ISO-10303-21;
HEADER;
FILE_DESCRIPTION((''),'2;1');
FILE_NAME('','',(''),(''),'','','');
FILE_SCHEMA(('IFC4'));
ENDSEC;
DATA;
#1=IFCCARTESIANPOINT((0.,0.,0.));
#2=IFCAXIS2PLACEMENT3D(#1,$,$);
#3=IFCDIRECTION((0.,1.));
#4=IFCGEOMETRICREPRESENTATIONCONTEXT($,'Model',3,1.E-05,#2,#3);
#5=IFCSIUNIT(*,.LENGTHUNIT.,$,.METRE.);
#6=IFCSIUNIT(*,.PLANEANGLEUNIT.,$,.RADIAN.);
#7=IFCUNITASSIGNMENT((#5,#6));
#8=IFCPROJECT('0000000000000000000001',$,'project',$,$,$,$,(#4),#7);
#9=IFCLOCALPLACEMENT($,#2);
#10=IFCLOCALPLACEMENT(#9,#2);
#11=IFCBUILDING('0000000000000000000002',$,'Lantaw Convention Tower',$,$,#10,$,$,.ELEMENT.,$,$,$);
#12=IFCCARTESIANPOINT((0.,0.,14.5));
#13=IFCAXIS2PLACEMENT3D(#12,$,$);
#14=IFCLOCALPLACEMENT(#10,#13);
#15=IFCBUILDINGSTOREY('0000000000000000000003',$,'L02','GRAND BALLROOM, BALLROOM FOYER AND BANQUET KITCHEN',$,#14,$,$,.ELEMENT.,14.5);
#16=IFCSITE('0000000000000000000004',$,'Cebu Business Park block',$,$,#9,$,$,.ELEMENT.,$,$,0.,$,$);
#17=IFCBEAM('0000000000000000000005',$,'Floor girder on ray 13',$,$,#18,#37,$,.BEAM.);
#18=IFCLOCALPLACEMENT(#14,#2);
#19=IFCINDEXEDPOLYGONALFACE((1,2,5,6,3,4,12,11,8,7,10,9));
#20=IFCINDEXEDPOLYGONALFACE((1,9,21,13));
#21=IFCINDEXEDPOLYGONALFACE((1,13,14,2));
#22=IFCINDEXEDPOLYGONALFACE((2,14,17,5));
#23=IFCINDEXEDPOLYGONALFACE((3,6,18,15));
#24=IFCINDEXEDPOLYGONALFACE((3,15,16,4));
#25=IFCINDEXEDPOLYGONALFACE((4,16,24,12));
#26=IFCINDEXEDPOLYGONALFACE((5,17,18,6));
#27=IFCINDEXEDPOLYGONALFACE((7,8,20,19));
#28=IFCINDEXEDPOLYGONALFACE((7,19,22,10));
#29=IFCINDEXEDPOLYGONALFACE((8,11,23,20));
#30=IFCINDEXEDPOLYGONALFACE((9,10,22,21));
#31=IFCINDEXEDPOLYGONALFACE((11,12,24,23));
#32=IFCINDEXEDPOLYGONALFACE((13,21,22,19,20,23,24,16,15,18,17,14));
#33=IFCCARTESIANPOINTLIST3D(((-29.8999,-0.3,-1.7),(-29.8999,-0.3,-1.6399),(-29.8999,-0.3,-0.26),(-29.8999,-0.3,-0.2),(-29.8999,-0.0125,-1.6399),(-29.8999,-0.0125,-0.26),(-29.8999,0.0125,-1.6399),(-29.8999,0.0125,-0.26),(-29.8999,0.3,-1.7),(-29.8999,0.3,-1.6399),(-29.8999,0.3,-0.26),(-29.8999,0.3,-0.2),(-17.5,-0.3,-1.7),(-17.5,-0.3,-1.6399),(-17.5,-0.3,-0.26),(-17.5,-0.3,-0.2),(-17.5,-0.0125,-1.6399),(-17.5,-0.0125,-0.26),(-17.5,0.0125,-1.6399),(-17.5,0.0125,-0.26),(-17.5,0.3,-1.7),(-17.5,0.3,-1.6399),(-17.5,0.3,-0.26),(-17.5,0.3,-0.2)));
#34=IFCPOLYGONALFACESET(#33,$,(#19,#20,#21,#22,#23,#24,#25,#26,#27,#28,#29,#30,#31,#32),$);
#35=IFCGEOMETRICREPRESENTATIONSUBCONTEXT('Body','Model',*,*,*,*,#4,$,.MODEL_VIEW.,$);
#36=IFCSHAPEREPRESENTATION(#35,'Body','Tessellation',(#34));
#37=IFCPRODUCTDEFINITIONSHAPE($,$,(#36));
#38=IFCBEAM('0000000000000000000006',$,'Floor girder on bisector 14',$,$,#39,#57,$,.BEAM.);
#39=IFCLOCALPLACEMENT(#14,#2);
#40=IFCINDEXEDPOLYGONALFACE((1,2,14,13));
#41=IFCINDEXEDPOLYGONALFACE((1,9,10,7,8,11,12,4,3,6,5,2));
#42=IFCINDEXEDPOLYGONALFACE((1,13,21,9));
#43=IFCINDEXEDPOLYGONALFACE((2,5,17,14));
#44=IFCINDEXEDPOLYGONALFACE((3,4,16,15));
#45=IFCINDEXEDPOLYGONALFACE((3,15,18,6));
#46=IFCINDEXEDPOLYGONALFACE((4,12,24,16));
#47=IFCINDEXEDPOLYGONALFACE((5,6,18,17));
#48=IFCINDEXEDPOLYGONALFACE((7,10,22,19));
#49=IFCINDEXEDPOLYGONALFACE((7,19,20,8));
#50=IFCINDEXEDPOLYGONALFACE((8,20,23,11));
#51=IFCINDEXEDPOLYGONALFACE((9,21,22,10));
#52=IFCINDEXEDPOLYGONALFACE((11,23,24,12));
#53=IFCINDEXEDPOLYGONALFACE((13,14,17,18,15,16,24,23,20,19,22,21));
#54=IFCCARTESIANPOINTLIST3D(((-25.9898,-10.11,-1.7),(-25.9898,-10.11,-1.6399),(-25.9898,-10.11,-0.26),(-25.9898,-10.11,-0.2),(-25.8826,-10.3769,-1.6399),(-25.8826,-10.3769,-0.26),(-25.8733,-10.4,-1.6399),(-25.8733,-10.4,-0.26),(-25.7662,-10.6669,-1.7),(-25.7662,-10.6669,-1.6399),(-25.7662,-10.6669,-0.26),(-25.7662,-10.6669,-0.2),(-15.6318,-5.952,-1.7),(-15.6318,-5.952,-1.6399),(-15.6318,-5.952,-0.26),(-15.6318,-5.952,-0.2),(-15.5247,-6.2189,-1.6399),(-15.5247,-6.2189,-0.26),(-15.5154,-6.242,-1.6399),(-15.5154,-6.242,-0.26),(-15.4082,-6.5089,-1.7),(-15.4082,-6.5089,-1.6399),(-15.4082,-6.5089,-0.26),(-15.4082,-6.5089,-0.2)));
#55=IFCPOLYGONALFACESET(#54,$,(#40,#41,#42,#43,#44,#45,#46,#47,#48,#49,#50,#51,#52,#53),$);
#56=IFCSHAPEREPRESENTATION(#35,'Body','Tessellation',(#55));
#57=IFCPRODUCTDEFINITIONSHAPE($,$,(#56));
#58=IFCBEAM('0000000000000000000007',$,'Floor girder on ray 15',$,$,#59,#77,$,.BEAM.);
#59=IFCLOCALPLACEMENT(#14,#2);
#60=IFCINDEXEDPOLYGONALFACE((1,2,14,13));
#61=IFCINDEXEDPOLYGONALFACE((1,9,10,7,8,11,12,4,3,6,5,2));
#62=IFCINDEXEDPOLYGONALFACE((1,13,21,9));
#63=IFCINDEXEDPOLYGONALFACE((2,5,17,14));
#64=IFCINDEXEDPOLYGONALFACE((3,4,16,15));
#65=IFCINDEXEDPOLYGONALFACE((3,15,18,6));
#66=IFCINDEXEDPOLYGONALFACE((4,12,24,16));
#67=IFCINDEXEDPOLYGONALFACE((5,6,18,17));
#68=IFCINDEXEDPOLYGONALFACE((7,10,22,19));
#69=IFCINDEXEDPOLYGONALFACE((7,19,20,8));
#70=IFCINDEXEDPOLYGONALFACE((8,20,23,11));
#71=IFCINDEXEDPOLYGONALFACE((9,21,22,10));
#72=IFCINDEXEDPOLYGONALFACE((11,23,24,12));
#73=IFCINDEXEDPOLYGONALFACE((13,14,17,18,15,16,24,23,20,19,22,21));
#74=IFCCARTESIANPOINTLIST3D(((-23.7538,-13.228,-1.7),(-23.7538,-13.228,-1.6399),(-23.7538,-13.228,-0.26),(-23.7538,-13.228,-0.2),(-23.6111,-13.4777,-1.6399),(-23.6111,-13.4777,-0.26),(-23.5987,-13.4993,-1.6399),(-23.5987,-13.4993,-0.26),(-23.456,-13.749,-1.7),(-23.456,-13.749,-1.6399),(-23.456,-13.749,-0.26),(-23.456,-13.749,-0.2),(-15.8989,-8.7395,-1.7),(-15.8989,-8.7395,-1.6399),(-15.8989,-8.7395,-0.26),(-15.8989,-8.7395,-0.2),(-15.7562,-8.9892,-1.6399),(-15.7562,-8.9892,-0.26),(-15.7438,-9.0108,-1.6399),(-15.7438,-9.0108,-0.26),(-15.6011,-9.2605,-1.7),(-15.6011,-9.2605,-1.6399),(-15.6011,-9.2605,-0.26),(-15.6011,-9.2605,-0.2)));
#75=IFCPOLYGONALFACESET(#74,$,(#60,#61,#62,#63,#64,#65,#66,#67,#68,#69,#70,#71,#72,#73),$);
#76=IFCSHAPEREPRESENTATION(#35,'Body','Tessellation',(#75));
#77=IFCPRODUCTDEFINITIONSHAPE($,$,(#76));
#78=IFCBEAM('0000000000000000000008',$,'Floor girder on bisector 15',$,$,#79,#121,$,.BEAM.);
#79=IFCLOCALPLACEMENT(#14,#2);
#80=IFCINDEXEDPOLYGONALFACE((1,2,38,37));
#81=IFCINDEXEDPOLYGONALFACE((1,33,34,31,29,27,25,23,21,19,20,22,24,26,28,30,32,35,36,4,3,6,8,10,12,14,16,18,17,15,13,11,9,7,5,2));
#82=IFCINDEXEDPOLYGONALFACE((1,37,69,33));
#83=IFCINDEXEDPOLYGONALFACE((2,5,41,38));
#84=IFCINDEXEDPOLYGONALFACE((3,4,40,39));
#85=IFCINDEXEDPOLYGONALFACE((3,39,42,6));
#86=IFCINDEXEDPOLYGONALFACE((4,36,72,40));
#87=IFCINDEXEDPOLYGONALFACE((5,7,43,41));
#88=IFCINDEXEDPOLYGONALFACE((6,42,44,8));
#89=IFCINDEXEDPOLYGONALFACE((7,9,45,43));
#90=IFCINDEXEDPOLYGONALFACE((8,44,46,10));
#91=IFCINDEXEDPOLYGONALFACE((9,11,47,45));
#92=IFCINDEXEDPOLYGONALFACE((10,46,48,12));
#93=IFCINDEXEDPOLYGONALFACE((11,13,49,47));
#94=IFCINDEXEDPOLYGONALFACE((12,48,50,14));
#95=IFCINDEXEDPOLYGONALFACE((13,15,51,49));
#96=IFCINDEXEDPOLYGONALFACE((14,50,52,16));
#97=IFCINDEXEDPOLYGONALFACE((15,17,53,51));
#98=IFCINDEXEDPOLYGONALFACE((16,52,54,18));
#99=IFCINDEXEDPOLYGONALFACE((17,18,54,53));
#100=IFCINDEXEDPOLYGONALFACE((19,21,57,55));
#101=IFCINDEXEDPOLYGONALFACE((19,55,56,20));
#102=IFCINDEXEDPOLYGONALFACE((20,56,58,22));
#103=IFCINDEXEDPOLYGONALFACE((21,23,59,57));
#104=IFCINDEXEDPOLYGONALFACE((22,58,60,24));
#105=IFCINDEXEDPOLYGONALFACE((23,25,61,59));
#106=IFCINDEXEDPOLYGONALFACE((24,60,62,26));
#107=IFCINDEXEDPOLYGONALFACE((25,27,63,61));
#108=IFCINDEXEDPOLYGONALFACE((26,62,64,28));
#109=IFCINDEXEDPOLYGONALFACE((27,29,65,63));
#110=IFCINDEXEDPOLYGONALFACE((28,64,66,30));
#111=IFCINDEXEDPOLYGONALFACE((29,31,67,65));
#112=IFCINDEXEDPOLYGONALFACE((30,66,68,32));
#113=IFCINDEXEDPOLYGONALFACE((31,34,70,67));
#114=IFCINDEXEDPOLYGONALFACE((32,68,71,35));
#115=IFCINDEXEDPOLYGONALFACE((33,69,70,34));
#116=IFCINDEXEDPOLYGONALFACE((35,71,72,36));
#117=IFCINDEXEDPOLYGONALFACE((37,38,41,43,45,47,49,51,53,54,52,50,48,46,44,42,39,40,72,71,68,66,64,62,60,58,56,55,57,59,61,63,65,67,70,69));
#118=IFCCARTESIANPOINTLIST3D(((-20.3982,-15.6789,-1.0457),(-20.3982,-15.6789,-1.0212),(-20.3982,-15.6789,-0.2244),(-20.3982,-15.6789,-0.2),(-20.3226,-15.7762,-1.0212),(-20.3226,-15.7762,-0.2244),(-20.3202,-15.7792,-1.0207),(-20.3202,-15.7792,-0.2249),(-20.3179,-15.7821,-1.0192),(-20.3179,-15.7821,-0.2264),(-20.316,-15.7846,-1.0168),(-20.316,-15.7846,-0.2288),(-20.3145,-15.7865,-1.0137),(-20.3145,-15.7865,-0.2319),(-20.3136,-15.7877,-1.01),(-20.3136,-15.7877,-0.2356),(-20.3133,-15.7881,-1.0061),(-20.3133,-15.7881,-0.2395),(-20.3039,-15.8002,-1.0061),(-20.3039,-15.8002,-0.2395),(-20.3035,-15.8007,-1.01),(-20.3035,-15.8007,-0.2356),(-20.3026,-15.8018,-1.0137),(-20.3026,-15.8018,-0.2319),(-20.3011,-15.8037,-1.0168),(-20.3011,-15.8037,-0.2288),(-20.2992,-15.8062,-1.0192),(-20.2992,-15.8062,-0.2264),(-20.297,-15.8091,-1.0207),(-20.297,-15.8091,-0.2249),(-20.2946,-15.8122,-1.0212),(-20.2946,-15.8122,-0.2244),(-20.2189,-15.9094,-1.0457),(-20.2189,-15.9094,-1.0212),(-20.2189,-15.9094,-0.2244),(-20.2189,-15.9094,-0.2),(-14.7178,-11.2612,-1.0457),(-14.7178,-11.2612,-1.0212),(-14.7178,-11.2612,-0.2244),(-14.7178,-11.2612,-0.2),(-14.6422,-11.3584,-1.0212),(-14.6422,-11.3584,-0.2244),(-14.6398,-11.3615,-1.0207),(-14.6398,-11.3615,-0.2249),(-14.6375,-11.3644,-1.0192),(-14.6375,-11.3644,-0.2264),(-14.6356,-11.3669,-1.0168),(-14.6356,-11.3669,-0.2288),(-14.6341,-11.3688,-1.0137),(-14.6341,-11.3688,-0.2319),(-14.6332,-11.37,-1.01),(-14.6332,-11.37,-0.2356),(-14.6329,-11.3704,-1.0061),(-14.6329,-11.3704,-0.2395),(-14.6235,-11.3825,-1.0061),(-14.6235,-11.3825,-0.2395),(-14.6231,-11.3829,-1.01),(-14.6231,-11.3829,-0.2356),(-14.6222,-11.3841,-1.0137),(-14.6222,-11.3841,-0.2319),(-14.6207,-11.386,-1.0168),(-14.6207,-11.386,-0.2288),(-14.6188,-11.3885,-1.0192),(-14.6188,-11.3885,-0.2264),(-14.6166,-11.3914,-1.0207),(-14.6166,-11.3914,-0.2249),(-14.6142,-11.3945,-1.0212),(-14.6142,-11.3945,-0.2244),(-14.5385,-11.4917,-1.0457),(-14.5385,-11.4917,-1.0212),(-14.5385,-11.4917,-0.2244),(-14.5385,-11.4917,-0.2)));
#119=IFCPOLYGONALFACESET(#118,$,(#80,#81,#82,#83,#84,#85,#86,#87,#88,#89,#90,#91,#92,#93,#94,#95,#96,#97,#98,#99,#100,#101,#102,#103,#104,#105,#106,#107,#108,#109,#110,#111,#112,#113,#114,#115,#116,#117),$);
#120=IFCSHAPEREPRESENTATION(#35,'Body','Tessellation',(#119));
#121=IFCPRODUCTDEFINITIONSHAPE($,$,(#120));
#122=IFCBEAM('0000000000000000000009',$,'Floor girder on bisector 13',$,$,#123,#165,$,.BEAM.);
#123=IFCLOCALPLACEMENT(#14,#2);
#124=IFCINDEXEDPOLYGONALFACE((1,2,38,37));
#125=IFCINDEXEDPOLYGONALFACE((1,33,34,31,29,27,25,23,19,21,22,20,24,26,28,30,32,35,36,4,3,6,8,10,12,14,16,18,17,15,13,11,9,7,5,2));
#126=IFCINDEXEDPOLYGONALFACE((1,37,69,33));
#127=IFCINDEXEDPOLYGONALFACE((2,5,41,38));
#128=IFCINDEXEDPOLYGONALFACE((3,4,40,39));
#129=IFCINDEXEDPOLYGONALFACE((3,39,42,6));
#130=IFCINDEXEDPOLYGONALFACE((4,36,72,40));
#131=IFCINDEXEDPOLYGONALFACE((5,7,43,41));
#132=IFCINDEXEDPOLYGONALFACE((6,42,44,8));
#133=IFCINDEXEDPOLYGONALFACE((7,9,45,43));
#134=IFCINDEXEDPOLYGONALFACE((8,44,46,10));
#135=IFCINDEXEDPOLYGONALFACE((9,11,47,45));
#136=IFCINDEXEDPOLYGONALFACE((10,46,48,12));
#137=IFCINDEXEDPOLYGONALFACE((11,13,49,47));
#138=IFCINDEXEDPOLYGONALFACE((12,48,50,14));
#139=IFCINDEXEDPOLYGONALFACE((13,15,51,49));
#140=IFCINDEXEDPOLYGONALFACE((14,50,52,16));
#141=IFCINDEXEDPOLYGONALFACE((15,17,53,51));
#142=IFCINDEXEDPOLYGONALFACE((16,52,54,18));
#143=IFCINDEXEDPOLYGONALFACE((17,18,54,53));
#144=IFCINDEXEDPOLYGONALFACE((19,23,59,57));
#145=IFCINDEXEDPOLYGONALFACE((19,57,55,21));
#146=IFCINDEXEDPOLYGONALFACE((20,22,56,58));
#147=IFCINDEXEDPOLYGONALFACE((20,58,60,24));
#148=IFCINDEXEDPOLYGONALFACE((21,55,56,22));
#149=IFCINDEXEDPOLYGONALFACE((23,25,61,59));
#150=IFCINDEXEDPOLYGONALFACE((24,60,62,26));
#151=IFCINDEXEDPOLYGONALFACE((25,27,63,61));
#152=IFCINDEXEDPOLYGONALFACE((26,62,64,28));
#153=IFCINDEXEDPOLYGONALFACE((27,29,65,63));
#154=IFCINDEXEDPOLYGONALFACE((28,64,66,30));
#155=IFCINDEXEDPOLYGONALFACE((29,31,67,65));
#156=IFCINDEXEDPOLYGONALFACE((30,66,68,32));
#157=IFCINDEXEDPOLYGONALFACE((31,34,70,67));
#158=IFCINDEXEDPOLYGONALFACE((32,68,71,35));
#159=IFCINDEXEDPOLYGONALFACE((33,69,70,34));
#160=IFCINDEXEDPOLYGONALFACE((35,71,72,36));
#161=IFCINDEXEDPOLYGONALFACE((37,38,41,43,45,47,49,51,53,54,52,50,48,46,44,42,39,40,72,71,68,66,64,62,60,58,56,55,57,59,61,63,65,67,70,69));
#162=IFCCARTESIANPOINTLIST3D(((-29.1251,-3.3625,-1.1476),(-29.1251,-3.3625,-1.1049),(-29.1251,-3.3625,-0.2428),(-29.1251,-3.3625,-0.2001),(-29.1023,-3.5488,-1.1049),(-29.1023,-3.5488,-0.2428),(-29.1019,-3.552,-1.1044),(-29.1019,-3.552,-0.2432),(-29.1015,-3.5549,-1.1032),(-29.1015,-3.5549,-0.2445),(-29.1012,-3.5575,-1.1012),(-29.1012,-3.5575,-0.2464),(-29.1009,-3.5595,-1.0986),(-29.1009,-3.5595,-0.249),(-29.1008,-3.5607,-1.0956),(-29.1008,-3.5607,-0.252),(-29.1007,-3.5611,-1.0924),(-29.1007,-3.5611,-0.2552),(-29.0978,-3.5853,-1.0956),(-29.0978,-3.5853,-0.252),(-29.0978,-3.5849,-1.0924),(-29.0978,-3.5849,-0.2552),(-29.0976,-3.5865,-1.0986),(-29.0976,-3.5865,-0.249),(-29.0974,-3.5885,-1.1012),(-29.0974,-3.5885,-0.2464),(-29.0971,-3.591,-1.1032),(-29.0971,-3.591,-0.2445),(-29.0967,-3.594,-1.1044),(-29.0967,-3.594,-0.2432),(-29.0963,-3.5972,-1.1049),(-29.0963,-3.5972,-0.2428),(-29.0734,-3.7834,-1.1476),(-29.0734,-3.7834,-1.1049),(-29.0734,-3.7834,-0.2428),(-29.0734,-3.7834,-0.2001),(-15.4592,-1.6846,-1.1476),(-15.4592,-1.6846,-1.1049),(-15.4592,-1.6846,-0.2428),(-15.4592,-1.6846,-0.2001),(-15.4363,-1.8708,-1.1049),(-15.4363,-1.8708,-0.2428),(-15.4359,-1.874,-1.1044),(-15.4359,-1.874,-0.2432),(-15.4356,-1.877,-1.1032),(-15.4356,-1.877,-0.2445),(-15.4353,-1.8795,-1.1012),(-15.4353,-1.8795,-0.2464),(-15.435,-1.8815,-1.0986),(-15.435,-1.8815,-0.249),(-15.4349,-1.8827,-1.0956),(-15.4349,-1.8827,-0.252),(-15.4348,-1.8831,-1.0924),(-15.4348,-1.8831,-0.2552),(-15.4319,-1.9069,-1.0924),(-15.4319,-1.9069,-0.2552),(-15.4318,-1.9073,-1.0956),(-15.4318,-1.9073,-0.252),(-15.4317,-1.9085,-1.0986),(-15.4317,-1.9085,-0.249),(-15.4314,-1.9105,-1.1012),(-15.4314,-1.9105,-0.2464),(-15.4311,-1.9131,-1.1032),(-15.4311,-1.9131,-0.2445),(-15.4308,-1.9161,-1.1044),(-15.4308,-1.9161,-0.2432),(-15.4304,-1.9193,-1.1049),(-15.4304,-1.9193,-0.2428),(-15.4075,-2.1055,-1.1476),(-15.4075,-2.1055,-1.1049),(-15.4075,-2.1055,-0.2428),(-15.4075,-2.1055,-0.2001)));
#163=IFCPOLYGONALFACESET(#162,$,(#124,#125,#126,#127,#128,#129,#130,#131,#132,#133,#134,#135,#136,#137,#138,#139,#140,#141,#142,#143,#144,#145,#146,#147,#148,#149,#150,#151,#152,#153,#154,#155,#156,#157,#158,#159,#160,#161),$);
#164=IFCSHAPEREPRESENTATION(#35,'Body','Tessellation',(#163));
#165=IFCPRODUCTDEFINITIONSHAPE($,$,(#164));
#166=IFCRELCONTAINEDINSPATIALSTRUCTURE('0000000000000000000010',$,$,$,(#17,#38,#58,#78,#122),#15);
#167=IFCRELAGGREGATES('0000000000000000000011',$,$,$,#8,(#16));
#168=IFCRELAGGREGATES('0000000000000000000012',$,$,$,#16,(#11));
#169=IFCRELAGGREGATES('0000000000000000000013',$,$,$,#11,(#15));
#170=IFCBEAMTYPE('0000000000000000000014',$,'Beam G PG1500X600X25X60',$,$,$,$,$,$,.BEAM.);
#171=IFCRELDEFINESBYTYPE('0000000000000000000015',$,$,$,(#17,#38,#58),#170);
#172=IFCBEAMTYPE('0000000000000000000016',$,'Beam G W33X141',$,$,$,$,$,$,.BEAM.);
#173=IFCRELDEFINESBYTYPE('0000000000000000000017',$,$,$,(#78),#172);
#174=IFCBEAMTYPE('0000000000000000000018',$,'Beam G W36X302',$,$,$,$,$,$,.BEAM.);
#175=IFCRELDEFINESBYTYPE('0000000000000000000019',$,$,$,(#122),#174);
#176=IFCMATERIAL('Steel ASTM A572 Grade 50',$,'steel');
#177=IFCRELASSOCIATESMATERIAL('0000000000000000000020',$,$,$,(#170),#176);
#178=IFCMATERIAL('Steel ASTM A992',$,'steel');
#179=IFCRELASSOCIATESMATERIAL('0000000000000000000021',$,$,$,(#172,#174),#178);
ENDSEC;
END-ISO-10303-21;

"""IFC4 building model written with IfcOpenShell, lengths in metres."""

from ifc_helpers import new_model, si_unit, direction, frame, origin, origin_2d, place, context, subcontext, project, spatial, i_section, extrude, material, material_profile, profile_set, type_object, element, save


model = new_model("IFC4")

# Units and contexts
model_context = context("Model", 3, precision=1e-05, world=origin(), true_north=direction((0.0, 1.0)))
body_context = subcontext(model_context, "Body", "Model", "MODEL_VIEW")
ifc_project = project(units=[si_unit("LENGTHUNIT", "METRE"), si_unit("PLANEANGLEUNIT", "RADIAN")], contexts=[model_context])

# Site, building, storey
site_placement = place(None, origin())
site = spatial("IfcSite", under=ifc_project, at=site_placement, Name="Cebu Business Park block", CompositionType="ELEMENT", RefElevation=0.0)
building_placement = place(site_placement, origin())
building = spatial("IfcBuilding", under=site, at=building_placement, Name="Lantaw Convention Tower", CompositionType="ELEMENT")
storey_placement = place(building_placement, frame((0.0, 0.0, 14.5)))
storey = spatial("IfcBuildingStorey", under=building, at=storey_placement, Name="L02", Description="GRAND BALLROOM, BALLROOM FOYER AND BANQUET KITCHEN", CompositionType="ELEMENT", Elevation=14.5)

# Shared definitions
ifc_material_1 = material(Name="Steel ASTM A572 Grade 50", Category="steel")

# Beams
ifc_material_2 = material(Name="Steel ASTM A992", Category="steel")
ifc_material_profile_1 = material_profile(ifc_material_1, i_section(OverallWidth=0.6001, OverallDepth=1.5, WebThickness=0.0249, FlangeThickness=0.0601, at=origin_2d()), Name="PG1500X600X25X60")
ifc_profile_set_1 = profile_set([ifc_material_profile_1], Name="Steel ASTM A572 Grade 50")
beam_type_1 = type_object("IfcBeamType", Name="Beam G PG1500X600X25X60", PredefinedType="BEAM", material=ifc_profile_set_1)
beam_1_placement = place(storey_placement, frame((-17.5, 0.0, -0.95), z_axis=(-1.0, 0.0, 0.0), x_axis=(0.0, -1.0, 0.0)))
element("IfcBeam", 1, at=beam_1_placement, inside=storey, type_object=beam_type_1, Name="Floor girder on ray 13", PredefinedType="BEAM", context=body_context, shape_type="SweptSolid", body=[
    extrude(i_section(OverallWidth=0.6001, OverallDepth=1.5, WebThickness=0.0249, FlangeThickness=0.0601, at=origin_2d()), origin(), (0.0, 0.0, 1.0), 12.3999),
])
beam_2_placement = place(storey_placement, frame((-15.52, -6.2305, -0.95), z_axis=(-0.928019, -0.372533, 0.0), x_axis=(0.372533, -0.928019, 0.0)))
element("IfcBeam", 2, at=beam_2_placement, inside=storey, type_object=beam_type_1, Name="Floor girder on bisector 14", PredefinedType="BEAM", context=body_context, shape_type="SweptSolid", body=[
    extrude(i_section(OverallWidth=0.6001, OverallDepth=1.5, WebThickness=0.0249, FlangeThickness=0.0601, at=origin_2d()), origin(), (0.0, 0.0, 1.0), 11.1614),
])
beam_3_placement = place(storey_placement, frame((-15.75, -9.0, -0.95), z_axis=(-0.868245, -0.496136, 0.0), x_axis=(0.496136, -0.868245, 0.0)))
element("IfcBeam", 3, at=beam_3_placement, inside=storey, type_object=beam_type_1, Name="Floor girder on ray 15", PredefinedType="BEAM", context=body_context, shape_type="SweptSolid", body=[
    extrude(i_section(OverallWidth=0.6001, OverallDepth=1.5, WebThickness=0.0249, FlangeThickness=0.0601, at=origin_2d()), origin(), (0.0, 0.0, 1.0), 9.0469),
])
ifc_material_profile_2 = material_profile(ifc_material_2, i_section(OverallWidth=0.292, OverallDepth=0.8457, WebThickness=0.0154, FlangeThickness=0.0244, FilletRadius=0.0151, at=origin_2d()), Name="W33X141")
ifc_profile_set_2 = profile_set([ifc_material_profile_2], Name="Steel ASTM A992")
beam_type_2 = type_object("IfcBeamType", Name="Beam G W33X141", PredefinedType="BEAM", material=ifc_profile_set_2)
beam_4_placement = place(storey_placement, frame((-14.6282, -11.3765, -0.6228), z_axis=(-0.789378, -0.613908, 0.0), x_axis=(0.613908, -0.789378, 0.0)))
element("IfcBeam", 4, at=beam_4_placement, inside=storey, type_object=beam_type_2, Name="Floor girder on bisector 15", PredefinedType="BEAM", context=body_context, shape_type="SweptSolid", body=[
    extrude(i_section(OverallWidth=0.292, OverallDepth=0.8457, WebThickness=0.0154, FlangeThickness=0.0244, FilletRadius=0.0151, at=origin_2d()), origin(), (0.0, 0.0, 1.0), 7.196),
])
ifc_material_profile_3 = material_profile(ifc_material_2, i_section(OverallWidth=0.4241, OverallDepth=0.9475, WebThickness=0.0239, FlangeThickness=0.0427, FilletRadius=0.0125, at=origin_2d()), Name="W36X302")
ifc_profile_set_3 = profile_set([ifc_material_profile_3], Name="Steel ASTM A992")
beam_type_3 = type_object("IfcBeamType", Name="Beam G W36X302", PredefinedType="BEAM", material=ifc_profile_set_3)
beam_5_placement = place(storey_placement, frame((-15.4333, -1.895, -0.6738), z_axis=(-0.992546, -0.12187, 0.0), x_axis=(0.12187, -0.992546, 0.0)))
element("IfcBeam", 5, at=beam_5_placement, inside=storey, type_object=beam_type_3, Name="Floor girder on bisector 13", PredefinedType="BEAM", context=body_context, shape_type="SweptSolid", body=[
    extrude(i_section(OverallWidth=0.4241, OverallDepth=0.9475, WebThickness=0.0239, FlangeThickness=0.0427, FilletRadius=0.0125, at=origin_2d()), origin(), (0.0, 0.0, 1.0), 13.7686),
])

save(model, "model.ifc")
